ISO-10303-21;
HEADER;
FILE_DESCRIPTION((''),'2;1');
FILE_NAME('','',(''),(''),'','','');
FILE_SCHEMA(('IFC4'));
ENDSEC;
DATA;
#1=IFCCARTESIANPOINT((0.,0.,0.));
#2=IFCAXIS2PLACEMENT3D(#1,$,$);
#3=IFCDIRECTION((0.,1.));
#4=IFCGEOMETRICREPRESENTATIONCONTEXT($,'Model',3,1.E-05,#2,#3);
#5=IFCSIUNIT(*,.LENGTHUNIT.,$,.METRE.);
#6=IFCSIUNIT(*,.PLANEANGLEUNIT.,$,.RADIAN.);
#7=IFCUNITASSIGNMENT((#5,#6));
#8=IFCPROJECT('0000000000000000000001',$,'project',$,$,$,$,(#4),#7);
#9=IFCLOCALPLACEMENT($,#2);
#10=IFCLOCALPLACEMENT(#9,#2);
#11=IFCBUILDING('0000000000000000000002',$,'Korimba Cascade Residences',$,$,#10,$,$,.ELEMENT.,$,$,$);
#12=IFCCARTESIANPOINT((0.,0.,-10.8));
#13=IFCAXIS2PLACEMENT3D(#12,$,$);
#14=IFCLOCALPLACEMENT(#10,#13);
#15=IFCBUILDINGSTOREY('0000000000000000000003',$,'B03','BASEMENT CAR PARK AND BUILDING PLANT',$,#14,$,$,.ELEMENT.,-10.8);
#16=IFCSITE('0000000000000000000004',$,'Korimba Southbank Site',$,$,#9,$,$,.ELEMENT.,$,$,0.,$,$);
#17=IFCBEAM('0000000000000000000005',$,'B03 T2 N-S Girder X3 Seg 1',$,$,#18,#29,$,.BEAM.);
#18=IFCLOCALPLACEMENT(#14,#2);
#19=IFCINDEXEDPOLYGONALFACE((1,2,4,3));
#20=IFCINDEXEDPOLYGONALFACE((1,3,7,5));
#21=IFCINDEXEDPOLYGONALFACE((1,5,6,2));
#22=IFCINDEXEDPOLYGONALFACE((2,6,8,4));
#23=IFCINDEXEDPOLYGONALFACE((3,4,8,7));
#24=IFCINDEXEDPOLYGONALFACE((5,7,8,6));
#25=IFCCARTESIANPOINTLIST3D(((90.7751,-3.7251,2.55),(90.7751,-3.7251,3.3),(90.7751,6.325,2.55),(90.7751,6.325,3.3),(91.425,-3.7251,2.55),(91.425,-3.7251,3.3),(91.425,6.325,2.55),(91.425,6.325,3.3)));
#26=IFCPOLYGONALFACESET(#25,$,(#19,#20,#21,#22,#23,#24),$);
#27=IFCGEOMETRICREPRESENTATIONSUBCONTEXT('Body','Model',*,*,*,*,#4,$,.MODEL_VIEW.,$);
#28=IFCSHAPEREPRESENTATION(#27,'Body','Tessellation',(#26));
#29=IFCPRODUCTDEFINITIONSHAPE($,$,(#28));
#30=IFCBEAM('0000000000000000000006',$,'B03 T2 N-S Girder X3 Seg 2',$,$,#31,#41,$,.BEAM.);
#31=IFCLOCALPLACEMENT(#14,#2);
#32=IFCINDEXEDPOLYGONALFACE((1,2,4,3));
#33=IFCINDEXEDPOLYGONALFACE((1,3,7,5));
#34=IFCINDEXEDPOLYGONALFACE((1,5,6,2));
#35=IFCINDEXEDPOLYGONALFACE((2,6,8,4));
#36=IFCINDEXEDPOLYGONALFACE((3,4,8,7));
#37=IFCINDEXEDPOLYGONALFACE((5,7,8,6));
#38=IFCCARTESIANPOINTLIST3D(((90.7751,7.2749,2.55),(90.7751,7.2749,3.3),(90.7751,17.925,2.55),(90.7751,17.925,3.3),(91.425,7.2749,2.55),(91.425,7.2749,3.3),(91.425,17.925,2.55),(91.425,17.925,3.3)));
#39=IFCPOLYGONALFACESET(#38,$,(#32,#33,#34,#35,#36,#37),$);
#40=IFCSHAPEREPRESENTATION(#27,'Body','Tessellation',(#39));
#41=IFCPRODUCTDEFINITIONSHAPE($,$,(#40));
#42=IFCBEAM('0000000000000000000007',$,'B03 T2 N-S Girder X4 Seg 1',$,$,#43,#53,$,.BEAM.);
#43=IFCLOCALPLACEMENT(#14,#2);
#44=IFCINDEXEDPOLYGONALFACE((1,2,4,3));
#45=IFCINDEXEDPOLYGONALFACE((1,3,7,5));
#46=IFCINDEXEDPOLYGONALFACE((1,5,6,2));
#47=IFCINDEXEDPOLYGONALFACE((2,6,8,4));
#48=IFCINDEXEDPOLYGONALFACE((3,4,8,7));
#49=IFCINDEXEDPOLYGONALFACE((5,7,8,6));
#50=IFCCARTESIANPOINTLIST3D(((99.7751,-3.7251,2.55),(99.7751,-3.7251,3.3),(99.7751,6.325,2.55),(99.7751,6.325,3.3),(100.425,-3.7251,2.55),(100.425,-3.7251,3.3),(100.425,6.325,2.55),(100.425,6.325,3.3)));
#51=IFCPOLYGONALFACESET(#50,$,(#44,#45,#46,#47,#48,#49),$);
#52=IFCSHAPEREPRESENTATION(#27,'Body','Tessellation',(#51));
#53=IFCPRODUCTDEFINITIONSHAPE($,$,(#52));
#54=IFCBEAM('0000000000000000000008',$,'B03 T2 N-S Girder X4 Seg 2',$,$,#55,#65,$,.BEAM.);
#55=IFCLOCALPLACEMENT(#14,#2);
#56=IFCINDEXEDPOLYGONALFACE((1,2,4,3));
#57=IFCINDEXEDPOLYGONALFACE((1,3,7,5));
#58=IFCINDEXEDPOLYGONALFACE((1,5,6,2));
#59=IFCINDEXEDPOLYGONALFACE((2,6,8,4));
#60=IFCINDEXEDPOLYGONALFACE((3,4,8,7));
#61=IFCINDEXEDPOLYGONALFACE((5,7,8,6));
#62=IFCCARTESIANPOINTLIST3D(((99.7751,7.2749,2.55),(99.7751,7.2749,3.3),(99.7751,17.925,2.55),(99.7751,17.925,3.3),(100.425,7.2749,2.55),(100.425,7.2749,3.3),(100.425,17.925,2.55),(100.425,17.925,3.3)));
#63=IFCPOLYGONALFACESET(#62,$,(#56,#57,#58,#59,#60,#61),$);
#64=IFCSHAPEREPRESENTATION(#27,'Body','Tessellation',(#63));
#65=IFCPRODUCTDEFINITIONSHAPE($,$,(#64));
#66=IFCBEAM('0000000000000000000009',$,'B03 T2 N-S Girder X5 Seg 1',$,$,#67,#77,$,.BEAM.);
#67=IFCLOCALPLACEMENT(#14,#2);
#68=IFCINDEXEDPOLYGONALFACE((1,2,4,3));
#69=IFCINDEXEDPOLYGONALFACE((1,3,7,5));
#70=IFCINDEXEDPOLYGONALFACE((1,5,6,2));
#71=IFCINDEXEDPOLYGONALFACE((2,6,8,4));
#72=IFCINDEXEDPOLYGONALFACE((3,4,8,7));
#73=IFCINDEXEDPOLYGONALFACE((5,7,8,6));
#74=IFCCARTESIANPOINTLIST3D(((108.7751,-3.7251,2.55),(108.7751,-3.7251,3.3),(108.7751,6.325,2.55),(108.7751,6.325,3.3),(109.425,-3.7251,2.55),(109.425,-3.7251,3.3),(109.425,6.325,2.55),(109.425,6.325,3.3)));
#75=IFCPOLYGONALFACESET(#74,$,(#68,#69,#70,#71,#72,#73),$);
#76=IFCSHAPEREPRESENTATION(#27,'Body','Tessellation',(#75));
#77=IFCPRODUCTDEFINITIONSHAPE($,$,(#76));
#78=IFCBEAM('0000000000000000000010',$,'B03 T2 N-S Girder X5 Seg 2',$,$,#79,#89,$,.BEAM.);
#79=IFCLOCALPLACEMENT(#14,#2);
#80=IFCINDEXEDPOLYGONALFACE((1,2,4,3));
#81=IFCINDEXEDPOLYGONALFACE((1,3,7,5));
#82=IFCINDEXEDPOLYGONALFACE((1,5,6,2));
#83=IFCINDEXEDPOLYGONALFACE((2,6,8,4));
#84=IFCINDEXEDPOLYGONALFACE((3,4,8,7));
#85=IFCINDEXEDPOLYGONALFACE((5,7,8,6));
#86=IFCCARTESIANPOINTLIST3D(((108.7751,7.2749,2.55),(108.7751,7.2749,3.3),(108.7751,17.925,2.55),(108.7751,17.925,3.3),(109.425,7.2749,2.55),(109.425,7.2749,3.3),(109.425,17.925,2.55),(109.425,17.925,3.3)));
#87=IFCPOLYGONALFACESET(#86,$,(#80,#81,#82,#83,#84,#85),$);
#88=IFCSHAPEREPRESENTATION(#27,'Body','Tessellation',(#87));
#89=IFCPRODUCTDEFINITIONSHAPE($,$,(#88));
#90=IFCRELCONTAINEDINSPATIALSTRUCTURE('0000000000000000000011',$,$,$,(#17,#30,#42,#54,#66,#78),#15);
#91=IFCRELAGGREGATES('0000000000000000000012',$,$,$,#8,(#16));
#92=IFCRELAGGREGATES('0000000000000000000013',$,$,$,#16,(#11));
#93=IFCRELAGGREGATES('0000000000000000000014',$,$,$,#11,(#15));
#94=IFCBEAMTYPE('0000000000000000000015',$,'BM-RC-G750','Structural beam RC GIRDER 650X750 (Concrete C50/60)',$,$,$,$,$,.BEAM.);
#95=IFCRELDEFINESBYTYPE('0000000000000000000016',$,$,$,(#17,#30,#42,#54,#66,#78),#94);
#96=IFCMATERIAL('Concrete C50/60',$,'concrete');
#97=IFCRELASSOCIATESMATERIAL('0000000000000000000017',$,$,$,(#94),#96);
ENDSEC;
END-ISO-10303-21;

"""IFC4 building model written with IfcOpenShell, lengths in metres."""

from ifc_helpers import new_model, si_unit, direction, frame, origin, origin_2d, place, context, subcontext, project, spatial, rectangle, extrude, material, material_profile, profile_set, type_object, element, save


model = new_model("IFC4")

# Units and contexts
model_context = context("Model", 3, precision=1e-05, world=origin(), true_north=direction((0.0, 1.0)))
body_context = subcontext(model_context, "Body", "Model", "MODEL_VIEW")
ifc_project = project(units=[si_unit("LENGTHUNIT", "METRE"), si_unit("PLANEANGLEUNIT", "RADIAN")], contexts=[model_context])

# Site, building, storey
site_placement = place(None, origin())
site = spatial("IfcSite", under=ifc_project, at=site_placement, Name="Korimba Southbank Site", CompositionType="ELEMENT", RefElevation=0.0)
building_placement = place(site_placement, origin())
building = spatial("IfcBuilding", under=site, at=building_placement, Name="Korimba Cascade Residences", CompositionType="ELEMENT")
storey_placement = place(building_placement, frame((0.0, 0.0, -10.8)))
storey = spatial("IfcBuildingStorey", under=building, at=storey_placement, Name="B03", Description="BASEMENT CAR PARK AND BUILDING PLANT", CompositionType="ELEMENT", Elevation=-10.8)

# Shared definitions
ifc_material_1 = material(Name="Concrete C50/60", Category="concrete")

# Beams
ifc_material_profile_1 = material_profile(ifc_material_1, rectangle(XDim=0.6499, YDim=0.75, at=origin_2d()), Name="Concrete C50/60")
ifc_profile_set_1 = profile_set([ifc_material_profile_1], Name="Concrete C50/60")
beam_type_1 = type_object("IfcBeamType", Name="BM-RC-G750", Description="Structural beam RC GIRDER 650X750 (Concrete C50/60)", PredefinedType="BEAM", material=ifc_profile_set_1)
beam_1_placement = place(storey_placement, frame((91.1001, -3.7251, 2.925), z_axis=(0.0, 1.0, 0.0), x_axis=(-1.0, 0.0, 0.0)))
element("IfcBeam", 1, at=beam_1_placement, inside=storey, type_object=beam_type_1, Name="B03 T2 N-S Girder X3 Seg 1", PredefinedType="BEAM", context=body_context, shape_type="SweptSolid", body=[
    extrude(rectangle(XDim=0.6499, YDim=0.75, at=origin_2d()), origin(), (0.0, 0.0, 1.0), 10.05),
])
beam_2_placement = place(storey_placement, frame((91.1001, 7.2749, 2.925), z_axis=(0.0, 1.0, 0.0), x_axis=(-1.0, 0.0, 0.0)))
element("IfcBeam", 2, at=beam_2_placement, inside=storey, type_object=beam_type_1, Name="B03 T2 N-S Girder X3 Seg 2", PredefinedType="BEAM", context=body_context, shape_type="SweptSolid", body=[
    extrude(rectangle(XDim=0.6499, YDim=0.75, at=origin_2d()), origin(), (0.0, 0.0, 1.0), 10.6501),
])
beam_3_placement = place(storey_placement, frame((100.1001, -3.7251, 2.925), z_axis=(0.0, 1.0, 0.0), x_axis=(-1.0, 0.0, 0.0)))
element("IfcBeam", 3, at=beam_3_placement, inside=storey, type_object=beam_type_1, Name="B03 T2 N-S Girder X4 Seg 1", PredefinedType="BEAM", context=body_context, shape_type="SweptSolid", body=[
    extrude(rectangle(XDim=0.6499, YDim=0.75, at=origin_2d()), origin(), (0.0, 0.0, 1.0), 10.05),
])
beam_4_placement = place(storey_placement, frame((100.1001, 7.2749, 2.925), z_axis=(0.0, 1.0, 0.0), x_axis=(-1.0, 0.0, 0.0)))
element("IfcBeam", 4, at=beam_4_placement, inside=storey, type_object=beam_type_1, Name="B03 T2 N-S Girder X4 Seg 2", PredefinedType="BEAM", context=body_context, shape_type="SweptSolid", body=[
    extrude(rectangle(XDim=0.6499, YDim=0.75, at=origin_2d()), origin(), (0.0, 0.0, 1.0), 10.6501),
])
beam_5_placement = place(storey_placement, frame((109.1001, -3.7251, 2.925), z_axis=(0.0, 1.0, 0.0), x_axis=(-1.0, 0.0, 0.0)))
element("IfcBeam", 5, at=beam_5_placement, inside=storey, type_object=beam_type_1, Name="B03 T2 N-S Girder X5 Seg 1", PredefinedType="BEAM", context=body_context, shape_type="SweptSolid", body=[
    extrude(rectangle(XDim=0.6499, YDim=0.75, at=origin_2d()), origin(), (0.0, 0.0, 1.0), 10.05),
])
beam_6_placement = place(storey_placement, frame((109.1001, 7.2749, 2.925), z_axis=(0.0, 1.0, 0.0), x_axis=(-1.0, 0.0, 0.0)))
element("IfcBeam", 6, at=beam_6_placement, inside=storey, type_object=beam_type_1, Name="B03 T2 N-S Girder X5 Seg 2", PredefinedType="BEAM", context=body_context, shape_type="SweptSolid", body=[
    extrude(rectangle(XDim=0.6499, YDim=0.75, at=origin_2d()), origin(), (0.0, 0.0, 1.0), 10.6501),
])

save(model, "model.ifc")
